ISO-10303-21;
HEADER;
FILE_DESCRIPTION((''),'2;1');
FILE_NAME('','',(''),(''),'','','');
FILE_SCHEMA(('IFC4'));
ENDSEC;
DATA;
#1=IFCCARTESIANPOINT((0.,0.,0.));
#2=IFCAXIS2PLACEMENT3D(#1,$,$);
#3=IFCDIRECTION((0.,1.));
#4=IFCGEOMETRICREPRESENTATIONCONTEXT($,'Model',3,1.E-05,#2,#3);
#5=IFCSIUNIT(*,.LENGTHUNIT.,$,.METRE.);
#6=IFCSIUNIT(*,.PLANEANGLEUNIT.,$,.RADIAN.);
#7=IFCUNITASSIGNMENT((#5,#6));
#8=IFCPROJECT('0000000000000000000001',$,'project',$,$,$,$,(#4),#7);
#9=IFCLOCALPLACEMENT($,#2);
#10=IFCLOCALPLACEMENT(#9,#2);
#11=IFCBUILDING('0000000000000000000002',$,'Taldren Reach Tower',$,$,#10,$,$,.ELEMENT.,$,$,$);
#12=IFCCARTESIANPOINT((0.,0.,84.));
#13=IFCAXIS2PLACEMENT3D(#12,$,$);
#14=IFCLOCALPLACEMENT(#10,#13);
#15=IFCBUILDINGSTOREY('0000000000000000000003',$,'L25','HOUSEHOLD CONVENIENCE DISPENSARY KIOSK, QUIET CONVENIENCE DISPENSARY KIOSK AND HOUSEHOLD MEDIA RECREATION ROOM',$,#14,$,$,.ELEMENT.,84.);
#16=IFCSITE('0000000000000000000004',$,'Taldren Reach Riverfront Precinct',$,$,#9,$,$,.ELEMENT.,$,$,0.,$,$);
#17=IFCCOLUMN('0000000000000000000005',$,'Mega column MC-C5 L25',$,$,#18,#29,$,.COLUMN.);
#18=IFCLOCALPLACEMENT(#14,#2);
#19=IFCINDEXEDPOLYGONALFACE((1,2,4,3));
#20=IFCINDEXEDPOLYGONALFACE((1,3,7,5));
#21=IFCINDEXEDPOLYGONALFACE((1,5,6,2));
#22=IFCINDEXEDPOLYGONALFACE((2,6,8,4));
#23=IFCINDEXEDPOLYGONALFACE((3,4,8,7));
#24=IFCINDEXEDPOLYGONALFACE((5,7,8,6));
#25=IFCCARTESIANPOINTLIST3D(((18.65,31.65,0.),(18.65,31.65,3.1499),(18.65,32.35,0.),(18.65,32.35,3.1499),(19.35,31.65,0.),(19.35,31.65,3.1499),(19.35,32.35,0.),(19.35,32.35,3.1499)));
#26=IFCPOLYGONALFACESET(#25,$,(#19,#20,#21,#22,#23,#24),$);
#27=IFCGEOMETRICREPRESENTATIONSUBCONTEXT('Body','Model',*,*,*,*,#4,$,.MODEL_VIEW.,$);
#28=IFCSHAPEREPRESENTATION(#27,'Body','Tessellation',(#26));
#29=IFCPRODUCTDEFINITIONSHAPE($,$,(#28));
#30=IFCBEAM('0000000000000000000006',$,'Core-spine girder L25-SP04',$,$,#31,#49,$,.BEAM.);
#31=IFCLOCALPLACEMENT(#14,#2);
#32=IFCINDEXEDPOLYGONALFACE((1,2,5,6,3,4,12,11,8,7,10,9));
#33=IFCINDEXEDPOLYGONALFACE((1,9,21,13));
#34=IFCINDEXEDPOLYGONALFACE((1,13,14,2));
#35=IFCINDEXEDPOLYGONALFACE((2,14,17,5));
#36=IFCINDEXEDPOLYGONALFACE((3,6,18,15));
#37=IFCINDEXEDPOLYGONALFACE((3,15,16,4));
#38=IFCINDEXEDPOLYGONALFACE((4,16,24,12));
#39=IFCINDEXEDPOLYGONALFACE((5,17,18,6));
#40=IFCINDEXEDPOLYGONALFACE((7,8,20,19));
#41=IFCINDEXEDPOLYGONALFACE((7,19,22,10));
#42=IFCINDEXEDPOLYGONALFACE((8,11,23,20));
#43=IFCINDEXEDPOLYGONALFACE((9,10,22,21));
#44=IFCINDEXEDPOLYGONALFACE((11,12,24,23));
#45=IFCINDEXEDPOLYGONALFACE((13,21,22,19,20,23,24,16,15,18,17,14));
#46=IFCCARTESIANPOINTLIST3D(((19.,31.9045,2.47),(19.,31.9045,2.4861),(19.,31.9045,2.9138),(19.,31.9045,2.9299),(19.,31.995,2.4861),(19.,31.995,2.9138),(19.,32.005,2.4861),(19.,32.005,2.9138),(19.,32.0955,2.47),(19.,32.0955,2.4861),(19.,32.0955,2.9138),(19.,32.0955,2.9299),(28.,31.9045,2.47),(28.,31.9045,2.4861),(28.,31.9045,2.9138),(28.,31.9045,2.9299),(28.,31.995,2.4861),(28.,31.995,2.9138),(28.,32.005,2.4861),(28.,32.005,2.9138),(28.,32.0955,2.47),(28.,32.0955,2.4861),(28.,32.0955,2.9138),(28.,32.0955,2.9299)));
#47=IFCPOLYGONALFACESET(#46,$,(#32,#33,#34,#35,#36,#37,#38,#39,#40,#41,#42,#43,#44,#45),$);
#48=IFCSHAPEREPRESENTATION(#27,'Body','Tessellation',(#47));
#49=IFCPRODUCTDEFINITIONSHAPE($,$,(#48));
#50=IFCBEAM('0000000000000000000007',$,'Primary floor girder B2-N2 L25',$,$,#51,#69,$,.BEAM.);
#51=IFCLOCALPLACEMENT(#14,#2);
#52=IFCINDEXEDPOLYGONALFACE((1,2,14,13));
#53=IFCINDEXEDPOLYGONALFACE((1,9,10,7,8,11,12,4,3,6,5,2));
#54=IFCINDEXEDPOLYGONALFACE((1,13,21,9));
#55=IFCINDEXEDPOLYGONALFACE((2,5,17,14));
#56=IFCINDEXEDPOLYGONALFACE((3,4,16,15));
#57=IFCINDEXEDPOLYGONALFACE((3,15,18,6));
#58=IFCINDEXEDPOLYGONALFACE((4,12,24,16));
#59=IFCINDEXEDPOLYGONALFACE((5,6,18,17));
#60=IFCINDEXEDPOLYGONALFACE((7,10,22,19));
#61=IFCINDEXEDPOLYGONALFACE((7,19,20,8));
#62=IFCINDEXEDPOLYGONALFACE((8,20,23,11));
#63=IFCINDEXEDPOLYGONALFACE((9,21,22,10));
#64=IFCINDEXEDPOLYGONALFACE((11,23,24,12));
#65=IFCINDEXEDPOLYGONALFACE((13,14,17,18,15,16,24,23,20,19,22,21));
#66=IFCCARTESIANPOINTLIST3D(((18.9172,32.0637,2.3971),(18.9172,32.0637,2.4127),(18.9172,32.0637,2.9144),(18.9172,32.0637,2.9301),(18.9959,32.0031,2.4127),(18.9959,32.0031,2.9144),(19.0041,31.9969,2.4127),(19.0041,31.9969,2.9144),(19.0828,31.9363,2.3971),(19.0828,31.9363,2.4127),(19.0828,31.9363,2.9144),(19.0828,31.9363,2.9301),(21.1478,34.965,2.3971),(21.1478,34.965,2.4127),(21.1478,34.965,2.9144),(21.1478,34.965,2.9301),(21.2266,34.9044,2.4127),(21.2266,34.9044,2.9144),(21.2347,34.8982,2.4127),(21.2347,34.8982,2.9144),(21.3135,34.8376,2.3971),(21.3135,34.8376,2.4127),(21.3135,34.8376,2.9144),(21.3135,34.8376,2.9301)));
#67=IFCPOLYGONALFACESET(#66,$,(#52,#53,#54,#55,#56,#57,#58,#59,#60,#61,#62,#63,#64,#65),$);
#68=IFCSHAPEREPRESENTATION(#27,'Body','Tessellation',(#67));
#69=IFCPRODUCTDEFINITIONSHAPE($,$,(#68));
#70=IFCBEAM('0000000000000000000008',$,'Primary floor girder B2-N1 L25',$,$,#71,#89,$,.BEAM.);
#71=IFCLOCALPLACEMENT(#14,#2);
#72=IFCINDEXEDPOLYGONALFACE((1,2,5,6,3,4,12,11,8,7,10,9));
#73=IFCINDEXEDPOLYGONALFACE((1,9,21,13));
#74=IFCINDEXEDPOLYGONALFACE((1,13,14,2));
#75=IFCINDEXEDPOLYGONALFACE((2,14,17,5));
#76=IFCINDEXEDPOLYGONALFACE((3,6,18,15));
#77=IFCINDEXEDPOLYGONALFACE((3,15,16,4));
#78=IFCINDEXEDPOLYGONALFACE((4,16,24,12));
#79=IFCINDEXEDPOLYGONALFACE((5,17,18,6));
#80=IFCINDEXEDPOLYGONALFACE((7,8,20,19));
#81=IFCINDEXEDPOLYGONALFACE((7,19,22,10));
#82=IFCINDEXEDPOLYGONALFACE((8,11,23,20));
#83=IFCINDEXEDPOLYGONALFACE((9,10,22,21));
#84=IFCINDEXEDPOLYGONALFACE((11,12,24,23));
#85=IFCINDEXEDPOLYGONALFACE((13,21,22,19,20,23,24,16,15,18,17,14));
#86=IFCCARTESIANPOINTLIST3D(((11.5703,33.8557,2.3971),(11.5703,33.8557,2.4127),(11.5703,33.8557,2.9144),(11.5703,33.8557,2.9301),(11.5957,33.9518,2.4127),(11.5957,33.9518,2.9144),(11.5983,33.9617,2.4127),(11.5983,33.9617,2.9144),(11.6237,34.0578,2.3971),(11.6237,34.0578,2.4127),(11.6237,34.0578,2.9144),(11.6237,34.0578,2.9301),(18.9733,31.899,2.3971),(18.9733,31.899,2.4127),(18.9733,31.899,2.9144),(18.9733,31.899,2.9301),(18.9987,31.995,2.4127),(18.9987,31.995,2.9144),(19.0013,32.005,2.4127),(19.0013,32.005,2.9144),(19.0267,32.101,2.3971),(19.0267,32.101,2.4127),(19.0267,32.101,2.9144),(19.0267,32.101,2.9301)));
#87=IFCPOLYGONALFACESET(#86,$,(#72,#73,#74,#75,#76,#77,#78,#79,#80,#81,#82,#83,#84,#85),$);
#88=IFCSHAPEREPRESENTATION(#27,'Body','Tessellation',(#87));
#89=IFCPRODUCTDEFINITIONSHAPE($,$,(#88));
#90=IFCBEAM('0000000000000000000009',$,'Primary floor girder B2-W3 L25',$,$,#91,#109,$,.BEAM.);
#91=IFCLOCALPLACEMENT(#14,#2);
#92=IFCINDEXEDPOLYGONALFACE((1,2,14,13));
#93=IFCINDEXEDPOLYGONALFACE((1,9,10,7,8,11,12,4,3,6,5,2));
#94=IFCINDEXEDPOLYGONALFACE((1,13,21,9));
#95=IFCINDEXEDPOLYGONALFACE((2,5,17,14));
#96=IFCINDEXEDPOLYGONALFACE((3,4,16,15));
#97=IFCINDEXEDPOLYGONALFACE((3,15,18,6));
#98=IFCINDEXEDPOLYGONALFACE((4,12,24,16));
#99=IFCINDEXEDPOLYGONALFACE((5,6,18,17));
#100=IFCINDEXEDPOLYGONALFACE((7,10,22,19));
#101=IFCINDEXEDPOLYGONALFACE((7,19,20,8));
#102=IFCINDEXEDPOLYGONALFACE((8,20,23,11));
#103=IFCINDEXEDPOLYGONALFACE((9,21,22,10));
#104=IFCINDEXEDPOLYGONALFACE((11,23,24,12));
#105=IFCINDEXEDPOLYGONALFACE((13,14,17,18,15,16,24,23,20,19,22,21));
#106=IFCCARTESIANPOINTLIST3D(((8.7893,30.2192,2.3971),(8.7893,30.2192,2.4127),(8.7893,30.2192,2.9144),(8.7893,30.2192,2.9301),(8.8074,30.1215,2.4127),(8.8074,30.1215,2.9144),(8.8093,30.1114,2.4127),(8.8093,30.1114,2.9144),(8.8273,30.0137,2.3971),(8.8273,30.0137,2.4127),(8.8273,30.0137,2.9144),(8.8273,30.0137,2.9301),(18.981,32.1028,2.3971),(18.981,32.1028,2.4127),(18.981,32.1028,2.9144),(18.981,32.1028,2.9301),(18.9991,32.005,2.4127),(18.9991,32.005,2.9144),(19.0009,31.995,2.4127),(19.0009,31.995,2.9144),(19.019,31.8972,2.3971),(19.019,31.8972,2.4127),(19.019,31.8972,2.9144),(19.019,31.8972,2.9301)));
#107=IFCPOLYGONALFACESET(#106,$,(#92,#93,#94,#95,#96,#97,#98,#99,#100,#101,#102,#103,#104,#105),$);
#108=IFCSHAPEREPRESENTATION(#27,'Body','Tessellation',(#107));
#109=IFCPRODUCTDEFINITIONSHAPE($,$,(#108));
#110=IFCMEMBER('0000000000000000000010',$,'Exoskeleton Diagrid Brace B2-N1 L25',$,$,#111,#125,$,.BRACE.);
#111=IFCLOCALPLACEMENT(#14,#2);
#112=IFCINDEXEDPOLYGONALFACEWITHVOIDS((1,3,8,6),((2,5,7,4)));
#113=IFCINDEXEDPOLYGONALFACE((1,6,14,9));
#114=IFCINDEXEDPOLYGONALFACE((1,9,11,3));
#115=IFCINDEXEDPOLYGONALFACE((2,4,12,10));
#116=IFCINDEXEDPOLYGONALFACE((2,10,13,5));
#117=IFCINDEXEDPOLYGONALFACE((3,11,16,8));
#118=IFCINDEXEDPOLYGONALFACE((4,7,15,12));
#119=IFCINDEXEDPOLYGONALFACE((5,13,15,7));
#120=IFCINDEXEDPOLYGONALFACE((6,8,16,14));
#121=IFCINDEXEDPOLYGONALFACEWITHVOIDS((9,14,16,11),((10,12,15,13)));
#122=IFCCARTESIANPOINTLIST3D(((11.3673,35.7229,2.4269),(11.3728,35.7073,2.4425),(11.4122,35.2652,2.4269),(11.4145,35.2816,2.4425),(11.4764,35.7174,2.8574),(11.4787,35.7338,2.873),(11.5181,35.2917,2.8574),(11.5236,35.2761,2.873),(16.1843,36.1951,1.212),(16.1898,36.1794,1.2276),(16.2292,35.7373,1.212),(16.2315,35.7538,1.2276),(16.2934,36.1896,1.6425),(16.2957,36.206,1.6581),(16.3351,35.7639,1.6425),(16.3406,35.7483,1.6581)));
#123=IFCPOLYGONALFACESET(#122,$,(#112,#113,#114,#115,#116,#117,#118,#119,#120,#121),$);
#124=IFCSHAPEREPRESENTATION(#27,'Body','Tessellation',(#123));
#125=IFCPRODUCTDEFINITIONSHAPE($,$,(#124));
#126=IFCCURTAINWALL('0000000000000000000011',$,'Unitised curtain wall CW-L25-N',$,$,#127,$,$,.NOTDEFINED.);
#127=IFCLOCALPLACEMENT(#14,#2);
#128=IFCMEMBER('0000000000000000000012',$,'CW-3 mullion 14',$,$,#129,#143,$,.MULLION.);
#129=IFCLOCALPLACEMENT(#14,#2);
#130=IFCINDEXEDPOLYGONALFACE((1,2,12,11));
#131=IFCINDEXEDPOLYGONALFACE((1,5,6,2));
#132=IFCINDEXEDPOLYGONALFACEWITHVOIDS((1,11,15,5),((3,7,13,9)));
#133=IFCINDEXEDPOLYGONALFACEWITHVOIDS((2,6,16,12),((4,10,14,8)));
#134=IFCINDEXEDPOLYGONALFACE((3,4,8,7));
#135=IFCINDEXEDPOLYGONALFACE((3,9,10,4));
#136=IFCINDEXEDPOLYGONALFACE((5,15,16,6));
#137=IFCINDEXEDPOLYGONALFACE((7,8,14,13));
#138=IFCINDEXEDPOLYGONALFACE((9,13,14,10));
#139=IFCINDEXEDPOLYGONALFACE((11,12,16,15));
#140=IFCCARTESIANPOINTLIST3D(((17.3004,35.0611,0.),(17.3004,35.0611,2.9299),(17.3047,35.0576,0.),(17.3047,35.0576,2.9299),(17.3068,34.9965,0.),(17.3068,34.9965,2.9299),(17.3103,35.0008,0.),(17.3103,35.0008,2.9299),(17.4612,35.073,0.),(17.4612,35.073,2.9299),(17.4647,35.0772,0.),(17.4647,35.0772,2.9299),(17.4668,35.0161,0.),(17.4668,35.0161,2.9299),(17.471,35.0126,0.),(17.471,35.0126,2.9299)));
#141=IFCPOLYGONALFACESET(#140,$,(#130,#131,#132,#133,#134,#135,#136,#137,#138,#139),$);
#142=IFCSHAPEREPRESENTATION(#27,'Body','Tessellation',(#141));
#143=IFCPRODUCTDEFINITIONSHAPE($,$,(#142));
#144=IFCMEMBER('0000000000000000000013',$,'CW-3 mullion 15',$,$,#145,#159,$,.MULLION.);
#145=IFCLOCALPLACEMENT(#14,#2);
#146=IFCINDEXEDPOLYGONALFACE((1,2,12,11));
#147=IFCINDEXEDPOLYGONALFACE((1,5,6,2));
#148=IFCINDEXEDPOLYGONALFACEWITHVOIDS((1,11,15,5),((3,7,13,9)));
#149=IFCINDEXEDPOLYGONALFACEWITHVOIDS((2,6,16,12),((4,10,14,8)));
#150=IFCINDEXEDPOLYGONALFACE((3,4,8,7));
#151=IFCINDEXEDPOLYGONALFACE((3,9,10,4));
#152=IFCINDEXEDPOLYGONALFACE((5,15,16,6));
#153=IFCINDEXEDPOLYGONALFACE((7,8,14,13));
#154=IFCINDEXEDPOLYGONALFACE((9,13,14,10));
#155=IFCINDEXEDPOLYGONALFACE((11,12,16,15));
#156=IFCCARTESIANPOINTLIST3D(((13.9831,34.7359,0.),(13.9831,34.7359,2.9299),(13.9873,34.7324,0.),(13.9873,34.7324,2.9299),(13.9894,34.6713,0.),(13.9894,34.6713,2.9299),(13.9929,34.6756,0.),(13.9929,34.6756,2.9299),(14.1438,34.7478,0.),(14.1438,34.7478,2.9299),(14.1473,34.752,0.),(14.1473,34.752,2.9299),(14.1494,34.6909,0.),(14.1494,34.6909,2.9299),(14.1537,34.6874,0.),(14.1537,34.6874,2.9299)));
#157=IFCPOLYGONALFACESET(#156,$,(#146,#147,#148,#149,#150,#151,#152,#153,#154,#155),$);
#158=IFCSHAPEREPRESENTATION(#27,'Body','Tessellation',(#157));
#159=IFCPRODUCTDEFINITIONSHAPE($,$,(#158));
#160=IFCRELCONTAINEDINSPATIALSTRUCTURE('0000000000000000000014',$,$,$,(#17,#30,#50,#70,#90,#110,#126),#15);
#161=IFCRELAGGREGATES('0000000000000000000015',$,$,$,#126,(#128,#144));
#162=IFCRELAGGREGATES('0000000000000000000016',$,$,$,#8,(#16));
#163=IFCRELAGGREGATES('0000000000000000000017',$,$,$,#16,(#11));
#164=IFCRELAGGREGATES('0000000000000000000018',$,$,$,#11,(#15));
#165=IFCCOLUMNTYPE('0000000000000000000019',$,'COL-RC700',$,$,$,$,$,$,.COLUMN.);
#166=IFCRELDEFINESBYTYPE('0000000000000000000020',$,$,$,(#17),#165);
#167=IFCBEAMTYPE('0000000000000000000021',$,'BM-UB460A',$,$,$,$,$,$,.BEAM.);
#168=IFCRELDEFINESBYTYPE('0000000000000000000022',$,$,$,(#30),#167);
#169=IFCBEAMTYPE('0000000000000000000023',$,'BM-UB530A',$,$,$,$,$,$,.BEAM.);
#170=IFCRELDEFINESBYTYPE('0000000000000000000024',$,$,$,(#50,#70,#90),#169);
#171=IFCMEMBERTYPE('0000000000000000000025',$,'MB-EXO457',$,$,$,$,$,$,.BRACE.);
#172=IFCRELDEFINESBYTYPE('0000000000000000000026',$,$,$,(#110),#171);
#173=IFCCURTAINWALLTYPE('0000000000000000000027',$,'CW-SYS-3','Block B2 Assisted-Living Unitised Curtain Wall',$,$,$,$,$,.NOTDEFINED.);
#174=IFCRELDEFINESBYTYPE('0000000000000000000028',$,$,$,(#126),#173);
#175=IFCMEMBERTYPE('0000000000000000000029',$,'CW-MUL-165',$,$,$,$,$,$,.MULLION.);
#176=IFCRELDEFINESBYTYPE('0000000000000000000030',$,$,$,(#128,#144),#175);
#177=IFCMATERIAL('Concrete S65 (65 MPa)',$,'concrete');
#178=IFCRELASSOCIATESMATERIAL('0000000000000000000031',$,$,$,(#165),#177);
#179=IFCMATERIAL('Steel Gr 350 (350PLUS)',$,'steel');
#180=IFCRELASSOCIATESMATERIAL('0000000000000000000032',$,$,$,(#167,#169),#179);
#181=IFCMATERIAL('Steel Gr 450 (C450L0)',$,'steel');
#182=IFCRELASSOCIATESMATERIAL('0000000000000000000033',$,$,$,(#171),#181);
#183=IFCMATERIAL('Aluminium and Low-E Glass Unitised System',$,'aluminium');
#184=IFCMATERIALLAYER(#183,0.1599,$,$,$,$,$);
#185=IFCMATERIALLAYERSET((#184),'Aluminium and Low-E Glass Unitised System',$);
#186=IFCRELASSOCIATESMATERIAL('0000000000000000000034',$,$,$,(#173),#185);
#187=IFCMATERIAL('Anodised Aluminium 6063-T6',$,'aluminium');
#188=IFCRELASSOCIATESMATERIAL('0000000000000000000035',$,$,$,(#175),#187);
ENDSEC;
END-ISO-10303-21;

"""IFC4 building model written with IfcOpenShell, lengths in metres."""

from ifc_helpers import new_model, si_unit, direction, frame, origin, origin_2d, place, context, subcontext, project, spatial, rectangle, hollow_rectangle, i_section, extrude, source, transform, mapped, material, layer, layer_set, material_profile, profile_set, type_object, element, aggregate, save


model = new_model("IFC4")

# Units and contexts
model_context = context("Model", 3, precision=1e-05, world=origin(), true_north=direction((0.0, 1.0)))
body_context = subcontext(model_context, "Body", "Model", "MODEL_VIEW")
ifc_project = project(units=[si_unit("LENGTHUNIT", "METRE"), si_unit("PLANEANGLEUNIT", "RADIAN")], contexts=[model_context])

# Site, building, storey
site_placement = place(None, origin())
site = spatial("IfcSite", under=ifc_project, at=site_placement, Name="Taldren Reach Riverfront Precinct", CompositionType="ELEMENT", RefElevation=0.0)
building_placement = place(site_placement, origin())
building = spatial("IfcBuilding", under=site, at=building_placement, Name="Taldren Reach Tower", CompositionType="ELEMENT")
storey_placement = place(building_placement, frame((0.0, 0.0, 84.0)))
storey = spatial("IfcBuildingStorey", under=building, at=storey_placement, Name="L25", Description="HOUSEHOLD CONVENIENCE DISPENSARY KIOSK, QUIET CONVENIENCE DISPENSARY KIOSK AND HOUSEHOLD MEDIA RECREATION ROOM", CompositionType="ELEMENT", Elevation=84.0)

# Column
ifc_material_1 = material(Name="Concrete S65 (65 MPa)", Category="concrete")
ifc_material_profile_1 = material_profile(ifc_material_1, rectangle(XDim=0.7, YDim=0.7, at=origin_2d()), Name="RC-700x700")
ifc_profile_set_1 = profile_set([ifc_material_profile_1], Name="Concrete S65 (65 MPa)")
column_type = type_object("IfcColumnType", Name="COL-RC700", PredefinedType="COLUMN", material=ifc_profile_set_1)
shared_shape_1 = source(origin(), body_context, "Body", "SweptSolid", [
    extrude(rectangle(XDim=0.7, YDim=0.7, at=origin_2d()), origin(), (0.0, 0.0, 1.0), 3.1499),
])
column_placement = place(storey_placement, frame((19.0, 32.0, 0.0), z_axis=(0.0, 0.0, 1.0), x_axis=(1.0, 0.0, 0.0)))
element("IfcColumn", 1, at=column_placement, inside=storey, type_object=column_type, Name="Mega column MC-C5 L25", PredefinedType="COLUMN", context=body_context, shape_type="MappedRepresentation", body=[
    mapped(shared_shape_1, transform((0.0, 0.0, 0.0), scale=1.0)),
])

# Beams
ifc_material_2 = material(Name="Steel Gr 350 (350PLUS)", Category="steel")
ifc_material_profile_2 = material_profile(ifc_material_2, i_section(OverallWidth=0.1909, OverallDepth=0.46, WebThickness=0.01, FlangeThickness=0.0161, at=origin_2d()), Name="460UB82.1")
ifc_profile_set_2 = profile_set([ifc_material_profile_2], Name="Steel Gr 350 (350PLUS)")
beam_type_1 = type_object("IfcBeamType", Name="BM-UB460A", PredefinedType="BEAM", material=ifc_profile_set_2)
shared_shape_2 = source(origin(), body_context, "Body", "SweptSolid", [
    extrude(i_section(OverallWidth=0.1909, OverallDepth=0.46, WebThickness=0.01, FlangeThickness=0.0161, at=origin_2d()), origin(), (0.0, 0.0, 1.0), 9.0),
])
beam_1_placement = place(storey_placement, frame((19.0, 32.0, 2.7), z_axis=(1.0, 0.0, 0.0), x_axis=(0.0, 1.0, 0.0)))
element("IfcBeam", 2, at=beam_1_placement, inside=storey, type_object=beam_type_1, Name="Core-spine girder L25-SP04", PredefinedType="BEAM", context=body_context, shape_type="MappedRepresentation", body=[
    mapped(shared_shape_2, transform((0.0, 0.0, 0.0), scale=1.0)),
])
ifc_material_profile_3 = material_profile(ifc_material_2, i_section(OverallWidth=0.209, OverallDepth=0.533, WebThickness=0.0103, FlangeThickness=0.0156, at=origin_2d()), Name="530UB92.4")
ifc_profile_set_3 = profile_set([ifc_material_profile_3], Name="Steel Gr 350 (350PLUS)")
beam_type_2 = type_object("IfcBeamType", Name="BM-UB530A", PredefinedType="BEAM", material=ifc_profile_set_3)
shared_shape_3 = source(origin(), body_context, "Body", "SweptSolid", [
    extrude(i_section(OverallWidth=0.209, OverallDepth=0.533, WebThickness=0.0103, FlangeThickness=0.0156, at=origin_2d()), origin(), (0.0, 0.0, 1.0), 3.6597),
])
beam_2_placement = place(storey_placement, frame((19.0, 32.0, 2.6636), z_axis=(0.609521, 0.79277, 0.0), x_axis=(-0.79277, 0.609521, 0.0)))
element("IfcBeam", 3, at=beam_2_placement, inside=storey, type_object=beam_type_2, Name="Primary floor girder B2-N2 L25", PredefinedType="BEAM", context=body_context, shape_type="MappedRepresentation", body=[
    mapped(shared_shape_3, transform((0.0, 0.0, 0.0), scale=1.0)),
])
shared_shape_4 = source(origin(), body_context, "Body", "SweptSolid", [
    extrude(i_section(OverallWidth=0.209, OverallDepth=0.533, WebThickness=0.0103, FlangeThickness=0.0156, at=origin_2d()), origin(), (0.0, 0.0, 1.0), 7.6572),
])
beam_3_placement = place(storey_placement, frame((19.0, 32.0, 2.6636), z_axis=(-0.966797, 0.255545, 0.0), x_axis=(-0.255545, -0.966797, 0.0)))
element("IfcBeam", 4, at=beam_3_placement, inside=storey, type_object=beam_type_2, Name="Primary floor girder B2-N1 L25", PredefinedType="BEAM", context=body_context, shape_type="MappedRepresentation", body=[
    mapped(shared_shape_4, transform((0.0, 0.0, 0.0), scale=1.0)),
])
shared_shape_5 = source(origin(), body_context, "Body", "SweptSolid", [
    extrude(i_section(OverallWidth=0.209, OverallDepth=0.533, WebThickness=0.0103, FlangeThickness=0.0156, at=origin_2d()), origin(), (0.0, 0.0, 1.0), 10.3643),
])
beam_4_placement = place(storey_placement, frame((19.0, 32.0, 2.6636), z_axis=(-0.983348, -0.181735, 0.0), x_axis=(0.181735, -0.983348, 0.0)))
element("IfcBeam", 5, at=beam_4_placement, inside=storey, type_object=beam_type_2, Name="Primary floor girder B2-W3 L25", PredefinedType="BEAM", context=body_context, shape_type="MappedRepresentation", body=[
    mapped(shared_shape_5, transform((0.0, 0.0, 0.0), scale=1.0)),
])

# Member
ifc_material_3 = material(Name="Steel Gr 450 (C450L0)", Category="steel")
ifc_material_profile_4 = material_profile(ifc_material_3, hollow_rectangle(XDim=0.46, YDim=0.46, WallThickness=0.0161, at=origin_2d()), Name="460x460x16.0SHS")
ifc_profile_set_4 = profile_set([ifc_material_profile_4], Name="Steel Gr 450 (C450L0)")
member_type_1 = type_object("IfcMemberType", Name="MB-EXO457", PredefinedType="BRACE", material=ifc_profile_set_4)
shared_shape_6 = source(origin(), body_context, "Body", "SweptSolid", [
    extrude(hollow_rectangle(XDim=0.46, YDim=0.46, WallThickness=0.0161, at=origin_2d()), origin(), (0.0, 0.0, 1.0), 4.9902),
])
member_1_placement = place(storey_placement, frame((16.2625, 35.9717, 1.4351), z_axis=(-0.965287, -0.094621, 0.24345), x_axis=(0.097556, -0.99523, 0.0)))
element("IfcMember", 6, at=member_1_placement, inside=storey, type_object=member_type_1, Name="Exoskeleton Diagrid Brace B2-N1 L25", PredefinedType="BRACE", context=body_context, shape_type="MappedRepresentation", body=[
    mapped(shared_shape_6, transform((0.0, 0.0, 0.0), scale=1.0)),
])

# Curtain wall, members
ifc_material_4 = material(Name="Aluminium and Low-E Glass Unitised System", Category="aluminium")
ifc_layer_1 = layer(ifc_material_4, 0.1599)
ifc_layer_set_1 = layer_set([ifc_layer_1], Name="Aluminium and Low-E Glass Unitised System")
curtain_wall_type = type_object("IfcCurtainWallType", Name="CW-SYS-3", Description="Block B2 Assisted-Living Unitised Curtain Wall", PredefinedType="NOTDEFINED", material=ifc_layer_set_1)
curtain_wall_placement = place(storey_placement, origin())
curtain_wall = element("IfcCurtainWall", 7, at=curtain_wall_placement, inside=storey, type_object=curtain_wall_type, Name="Unitised curtain wall CW-L25-N", PredefinedType="NOTDEFINED")
ifc_material_5 = material(Name="Anodised Aluminium 6063-T6", Category="aluminium")
ifc_material_profile_5 = material_profile(ifc_material_5, hollow_rectangle(XDim=0.0649, YDim=0.165, WallThickness=0.0039, at=origin_2d()), Name="ALU-165x65x4RHS")
ifc_profile_set_5 = profile_set([ifc_material_profile_5], Name="Anodised Aluminium 6063-T6")
member_type_2 = type_object("IfcMemberType", Name="CW-MUL-165", PredefinedType="MULLION", material=ifc_profile_set_5)
shared_shape_7 = source(origin(), body_context, "Body", "SweptSolid", [
    extrude(hollow_rectangle(XDim=0.0649, YDim=0.165, WallThickness=0.0039, at=origin_2d()), origin(), (0.0, 0.0, 1.0), 2.9299),
])
member_2_placement = place(storey_placement, frame((17.3857, 35.0369, 0.0), z_axis=(0.0, 0.0, 1.0), x_axis=(0.097583, -0.995227, 0.0)))
member_2 = element("IfcMember", 8, at=member_2_placement, type_object=member_type_2, Name="CW-3 mullion 14", PredefinedType="MULLION", context=body_context, shape_type="MappedRepresentation", body=[
    mapped(shared_shape_7, transform((0.0, 0.0, 0.0), scale=1.0)),
])
member_3_placement = place(storey_placement, frame((14.0684, 34.7117, 0.0), z_axis=(0.0, 0.0, 1.0), x_axis=(0.097583, -0.995227, 0.0)))
member_3 = element("IfcMember", 9, at=member_3_placement, type_object=member_type_2, Name="CW-3 mullion 15", PredefinedType="MULLION", context=body_context, shape_type="MappedRepresentation", body=[
    mapped(shared_shape_7, transform((0.0, 0.0, 0.0), scale=1.0)),
])

aggregate(curtain_wall, [member_2, member_3])

save(model, "model.ifc")
